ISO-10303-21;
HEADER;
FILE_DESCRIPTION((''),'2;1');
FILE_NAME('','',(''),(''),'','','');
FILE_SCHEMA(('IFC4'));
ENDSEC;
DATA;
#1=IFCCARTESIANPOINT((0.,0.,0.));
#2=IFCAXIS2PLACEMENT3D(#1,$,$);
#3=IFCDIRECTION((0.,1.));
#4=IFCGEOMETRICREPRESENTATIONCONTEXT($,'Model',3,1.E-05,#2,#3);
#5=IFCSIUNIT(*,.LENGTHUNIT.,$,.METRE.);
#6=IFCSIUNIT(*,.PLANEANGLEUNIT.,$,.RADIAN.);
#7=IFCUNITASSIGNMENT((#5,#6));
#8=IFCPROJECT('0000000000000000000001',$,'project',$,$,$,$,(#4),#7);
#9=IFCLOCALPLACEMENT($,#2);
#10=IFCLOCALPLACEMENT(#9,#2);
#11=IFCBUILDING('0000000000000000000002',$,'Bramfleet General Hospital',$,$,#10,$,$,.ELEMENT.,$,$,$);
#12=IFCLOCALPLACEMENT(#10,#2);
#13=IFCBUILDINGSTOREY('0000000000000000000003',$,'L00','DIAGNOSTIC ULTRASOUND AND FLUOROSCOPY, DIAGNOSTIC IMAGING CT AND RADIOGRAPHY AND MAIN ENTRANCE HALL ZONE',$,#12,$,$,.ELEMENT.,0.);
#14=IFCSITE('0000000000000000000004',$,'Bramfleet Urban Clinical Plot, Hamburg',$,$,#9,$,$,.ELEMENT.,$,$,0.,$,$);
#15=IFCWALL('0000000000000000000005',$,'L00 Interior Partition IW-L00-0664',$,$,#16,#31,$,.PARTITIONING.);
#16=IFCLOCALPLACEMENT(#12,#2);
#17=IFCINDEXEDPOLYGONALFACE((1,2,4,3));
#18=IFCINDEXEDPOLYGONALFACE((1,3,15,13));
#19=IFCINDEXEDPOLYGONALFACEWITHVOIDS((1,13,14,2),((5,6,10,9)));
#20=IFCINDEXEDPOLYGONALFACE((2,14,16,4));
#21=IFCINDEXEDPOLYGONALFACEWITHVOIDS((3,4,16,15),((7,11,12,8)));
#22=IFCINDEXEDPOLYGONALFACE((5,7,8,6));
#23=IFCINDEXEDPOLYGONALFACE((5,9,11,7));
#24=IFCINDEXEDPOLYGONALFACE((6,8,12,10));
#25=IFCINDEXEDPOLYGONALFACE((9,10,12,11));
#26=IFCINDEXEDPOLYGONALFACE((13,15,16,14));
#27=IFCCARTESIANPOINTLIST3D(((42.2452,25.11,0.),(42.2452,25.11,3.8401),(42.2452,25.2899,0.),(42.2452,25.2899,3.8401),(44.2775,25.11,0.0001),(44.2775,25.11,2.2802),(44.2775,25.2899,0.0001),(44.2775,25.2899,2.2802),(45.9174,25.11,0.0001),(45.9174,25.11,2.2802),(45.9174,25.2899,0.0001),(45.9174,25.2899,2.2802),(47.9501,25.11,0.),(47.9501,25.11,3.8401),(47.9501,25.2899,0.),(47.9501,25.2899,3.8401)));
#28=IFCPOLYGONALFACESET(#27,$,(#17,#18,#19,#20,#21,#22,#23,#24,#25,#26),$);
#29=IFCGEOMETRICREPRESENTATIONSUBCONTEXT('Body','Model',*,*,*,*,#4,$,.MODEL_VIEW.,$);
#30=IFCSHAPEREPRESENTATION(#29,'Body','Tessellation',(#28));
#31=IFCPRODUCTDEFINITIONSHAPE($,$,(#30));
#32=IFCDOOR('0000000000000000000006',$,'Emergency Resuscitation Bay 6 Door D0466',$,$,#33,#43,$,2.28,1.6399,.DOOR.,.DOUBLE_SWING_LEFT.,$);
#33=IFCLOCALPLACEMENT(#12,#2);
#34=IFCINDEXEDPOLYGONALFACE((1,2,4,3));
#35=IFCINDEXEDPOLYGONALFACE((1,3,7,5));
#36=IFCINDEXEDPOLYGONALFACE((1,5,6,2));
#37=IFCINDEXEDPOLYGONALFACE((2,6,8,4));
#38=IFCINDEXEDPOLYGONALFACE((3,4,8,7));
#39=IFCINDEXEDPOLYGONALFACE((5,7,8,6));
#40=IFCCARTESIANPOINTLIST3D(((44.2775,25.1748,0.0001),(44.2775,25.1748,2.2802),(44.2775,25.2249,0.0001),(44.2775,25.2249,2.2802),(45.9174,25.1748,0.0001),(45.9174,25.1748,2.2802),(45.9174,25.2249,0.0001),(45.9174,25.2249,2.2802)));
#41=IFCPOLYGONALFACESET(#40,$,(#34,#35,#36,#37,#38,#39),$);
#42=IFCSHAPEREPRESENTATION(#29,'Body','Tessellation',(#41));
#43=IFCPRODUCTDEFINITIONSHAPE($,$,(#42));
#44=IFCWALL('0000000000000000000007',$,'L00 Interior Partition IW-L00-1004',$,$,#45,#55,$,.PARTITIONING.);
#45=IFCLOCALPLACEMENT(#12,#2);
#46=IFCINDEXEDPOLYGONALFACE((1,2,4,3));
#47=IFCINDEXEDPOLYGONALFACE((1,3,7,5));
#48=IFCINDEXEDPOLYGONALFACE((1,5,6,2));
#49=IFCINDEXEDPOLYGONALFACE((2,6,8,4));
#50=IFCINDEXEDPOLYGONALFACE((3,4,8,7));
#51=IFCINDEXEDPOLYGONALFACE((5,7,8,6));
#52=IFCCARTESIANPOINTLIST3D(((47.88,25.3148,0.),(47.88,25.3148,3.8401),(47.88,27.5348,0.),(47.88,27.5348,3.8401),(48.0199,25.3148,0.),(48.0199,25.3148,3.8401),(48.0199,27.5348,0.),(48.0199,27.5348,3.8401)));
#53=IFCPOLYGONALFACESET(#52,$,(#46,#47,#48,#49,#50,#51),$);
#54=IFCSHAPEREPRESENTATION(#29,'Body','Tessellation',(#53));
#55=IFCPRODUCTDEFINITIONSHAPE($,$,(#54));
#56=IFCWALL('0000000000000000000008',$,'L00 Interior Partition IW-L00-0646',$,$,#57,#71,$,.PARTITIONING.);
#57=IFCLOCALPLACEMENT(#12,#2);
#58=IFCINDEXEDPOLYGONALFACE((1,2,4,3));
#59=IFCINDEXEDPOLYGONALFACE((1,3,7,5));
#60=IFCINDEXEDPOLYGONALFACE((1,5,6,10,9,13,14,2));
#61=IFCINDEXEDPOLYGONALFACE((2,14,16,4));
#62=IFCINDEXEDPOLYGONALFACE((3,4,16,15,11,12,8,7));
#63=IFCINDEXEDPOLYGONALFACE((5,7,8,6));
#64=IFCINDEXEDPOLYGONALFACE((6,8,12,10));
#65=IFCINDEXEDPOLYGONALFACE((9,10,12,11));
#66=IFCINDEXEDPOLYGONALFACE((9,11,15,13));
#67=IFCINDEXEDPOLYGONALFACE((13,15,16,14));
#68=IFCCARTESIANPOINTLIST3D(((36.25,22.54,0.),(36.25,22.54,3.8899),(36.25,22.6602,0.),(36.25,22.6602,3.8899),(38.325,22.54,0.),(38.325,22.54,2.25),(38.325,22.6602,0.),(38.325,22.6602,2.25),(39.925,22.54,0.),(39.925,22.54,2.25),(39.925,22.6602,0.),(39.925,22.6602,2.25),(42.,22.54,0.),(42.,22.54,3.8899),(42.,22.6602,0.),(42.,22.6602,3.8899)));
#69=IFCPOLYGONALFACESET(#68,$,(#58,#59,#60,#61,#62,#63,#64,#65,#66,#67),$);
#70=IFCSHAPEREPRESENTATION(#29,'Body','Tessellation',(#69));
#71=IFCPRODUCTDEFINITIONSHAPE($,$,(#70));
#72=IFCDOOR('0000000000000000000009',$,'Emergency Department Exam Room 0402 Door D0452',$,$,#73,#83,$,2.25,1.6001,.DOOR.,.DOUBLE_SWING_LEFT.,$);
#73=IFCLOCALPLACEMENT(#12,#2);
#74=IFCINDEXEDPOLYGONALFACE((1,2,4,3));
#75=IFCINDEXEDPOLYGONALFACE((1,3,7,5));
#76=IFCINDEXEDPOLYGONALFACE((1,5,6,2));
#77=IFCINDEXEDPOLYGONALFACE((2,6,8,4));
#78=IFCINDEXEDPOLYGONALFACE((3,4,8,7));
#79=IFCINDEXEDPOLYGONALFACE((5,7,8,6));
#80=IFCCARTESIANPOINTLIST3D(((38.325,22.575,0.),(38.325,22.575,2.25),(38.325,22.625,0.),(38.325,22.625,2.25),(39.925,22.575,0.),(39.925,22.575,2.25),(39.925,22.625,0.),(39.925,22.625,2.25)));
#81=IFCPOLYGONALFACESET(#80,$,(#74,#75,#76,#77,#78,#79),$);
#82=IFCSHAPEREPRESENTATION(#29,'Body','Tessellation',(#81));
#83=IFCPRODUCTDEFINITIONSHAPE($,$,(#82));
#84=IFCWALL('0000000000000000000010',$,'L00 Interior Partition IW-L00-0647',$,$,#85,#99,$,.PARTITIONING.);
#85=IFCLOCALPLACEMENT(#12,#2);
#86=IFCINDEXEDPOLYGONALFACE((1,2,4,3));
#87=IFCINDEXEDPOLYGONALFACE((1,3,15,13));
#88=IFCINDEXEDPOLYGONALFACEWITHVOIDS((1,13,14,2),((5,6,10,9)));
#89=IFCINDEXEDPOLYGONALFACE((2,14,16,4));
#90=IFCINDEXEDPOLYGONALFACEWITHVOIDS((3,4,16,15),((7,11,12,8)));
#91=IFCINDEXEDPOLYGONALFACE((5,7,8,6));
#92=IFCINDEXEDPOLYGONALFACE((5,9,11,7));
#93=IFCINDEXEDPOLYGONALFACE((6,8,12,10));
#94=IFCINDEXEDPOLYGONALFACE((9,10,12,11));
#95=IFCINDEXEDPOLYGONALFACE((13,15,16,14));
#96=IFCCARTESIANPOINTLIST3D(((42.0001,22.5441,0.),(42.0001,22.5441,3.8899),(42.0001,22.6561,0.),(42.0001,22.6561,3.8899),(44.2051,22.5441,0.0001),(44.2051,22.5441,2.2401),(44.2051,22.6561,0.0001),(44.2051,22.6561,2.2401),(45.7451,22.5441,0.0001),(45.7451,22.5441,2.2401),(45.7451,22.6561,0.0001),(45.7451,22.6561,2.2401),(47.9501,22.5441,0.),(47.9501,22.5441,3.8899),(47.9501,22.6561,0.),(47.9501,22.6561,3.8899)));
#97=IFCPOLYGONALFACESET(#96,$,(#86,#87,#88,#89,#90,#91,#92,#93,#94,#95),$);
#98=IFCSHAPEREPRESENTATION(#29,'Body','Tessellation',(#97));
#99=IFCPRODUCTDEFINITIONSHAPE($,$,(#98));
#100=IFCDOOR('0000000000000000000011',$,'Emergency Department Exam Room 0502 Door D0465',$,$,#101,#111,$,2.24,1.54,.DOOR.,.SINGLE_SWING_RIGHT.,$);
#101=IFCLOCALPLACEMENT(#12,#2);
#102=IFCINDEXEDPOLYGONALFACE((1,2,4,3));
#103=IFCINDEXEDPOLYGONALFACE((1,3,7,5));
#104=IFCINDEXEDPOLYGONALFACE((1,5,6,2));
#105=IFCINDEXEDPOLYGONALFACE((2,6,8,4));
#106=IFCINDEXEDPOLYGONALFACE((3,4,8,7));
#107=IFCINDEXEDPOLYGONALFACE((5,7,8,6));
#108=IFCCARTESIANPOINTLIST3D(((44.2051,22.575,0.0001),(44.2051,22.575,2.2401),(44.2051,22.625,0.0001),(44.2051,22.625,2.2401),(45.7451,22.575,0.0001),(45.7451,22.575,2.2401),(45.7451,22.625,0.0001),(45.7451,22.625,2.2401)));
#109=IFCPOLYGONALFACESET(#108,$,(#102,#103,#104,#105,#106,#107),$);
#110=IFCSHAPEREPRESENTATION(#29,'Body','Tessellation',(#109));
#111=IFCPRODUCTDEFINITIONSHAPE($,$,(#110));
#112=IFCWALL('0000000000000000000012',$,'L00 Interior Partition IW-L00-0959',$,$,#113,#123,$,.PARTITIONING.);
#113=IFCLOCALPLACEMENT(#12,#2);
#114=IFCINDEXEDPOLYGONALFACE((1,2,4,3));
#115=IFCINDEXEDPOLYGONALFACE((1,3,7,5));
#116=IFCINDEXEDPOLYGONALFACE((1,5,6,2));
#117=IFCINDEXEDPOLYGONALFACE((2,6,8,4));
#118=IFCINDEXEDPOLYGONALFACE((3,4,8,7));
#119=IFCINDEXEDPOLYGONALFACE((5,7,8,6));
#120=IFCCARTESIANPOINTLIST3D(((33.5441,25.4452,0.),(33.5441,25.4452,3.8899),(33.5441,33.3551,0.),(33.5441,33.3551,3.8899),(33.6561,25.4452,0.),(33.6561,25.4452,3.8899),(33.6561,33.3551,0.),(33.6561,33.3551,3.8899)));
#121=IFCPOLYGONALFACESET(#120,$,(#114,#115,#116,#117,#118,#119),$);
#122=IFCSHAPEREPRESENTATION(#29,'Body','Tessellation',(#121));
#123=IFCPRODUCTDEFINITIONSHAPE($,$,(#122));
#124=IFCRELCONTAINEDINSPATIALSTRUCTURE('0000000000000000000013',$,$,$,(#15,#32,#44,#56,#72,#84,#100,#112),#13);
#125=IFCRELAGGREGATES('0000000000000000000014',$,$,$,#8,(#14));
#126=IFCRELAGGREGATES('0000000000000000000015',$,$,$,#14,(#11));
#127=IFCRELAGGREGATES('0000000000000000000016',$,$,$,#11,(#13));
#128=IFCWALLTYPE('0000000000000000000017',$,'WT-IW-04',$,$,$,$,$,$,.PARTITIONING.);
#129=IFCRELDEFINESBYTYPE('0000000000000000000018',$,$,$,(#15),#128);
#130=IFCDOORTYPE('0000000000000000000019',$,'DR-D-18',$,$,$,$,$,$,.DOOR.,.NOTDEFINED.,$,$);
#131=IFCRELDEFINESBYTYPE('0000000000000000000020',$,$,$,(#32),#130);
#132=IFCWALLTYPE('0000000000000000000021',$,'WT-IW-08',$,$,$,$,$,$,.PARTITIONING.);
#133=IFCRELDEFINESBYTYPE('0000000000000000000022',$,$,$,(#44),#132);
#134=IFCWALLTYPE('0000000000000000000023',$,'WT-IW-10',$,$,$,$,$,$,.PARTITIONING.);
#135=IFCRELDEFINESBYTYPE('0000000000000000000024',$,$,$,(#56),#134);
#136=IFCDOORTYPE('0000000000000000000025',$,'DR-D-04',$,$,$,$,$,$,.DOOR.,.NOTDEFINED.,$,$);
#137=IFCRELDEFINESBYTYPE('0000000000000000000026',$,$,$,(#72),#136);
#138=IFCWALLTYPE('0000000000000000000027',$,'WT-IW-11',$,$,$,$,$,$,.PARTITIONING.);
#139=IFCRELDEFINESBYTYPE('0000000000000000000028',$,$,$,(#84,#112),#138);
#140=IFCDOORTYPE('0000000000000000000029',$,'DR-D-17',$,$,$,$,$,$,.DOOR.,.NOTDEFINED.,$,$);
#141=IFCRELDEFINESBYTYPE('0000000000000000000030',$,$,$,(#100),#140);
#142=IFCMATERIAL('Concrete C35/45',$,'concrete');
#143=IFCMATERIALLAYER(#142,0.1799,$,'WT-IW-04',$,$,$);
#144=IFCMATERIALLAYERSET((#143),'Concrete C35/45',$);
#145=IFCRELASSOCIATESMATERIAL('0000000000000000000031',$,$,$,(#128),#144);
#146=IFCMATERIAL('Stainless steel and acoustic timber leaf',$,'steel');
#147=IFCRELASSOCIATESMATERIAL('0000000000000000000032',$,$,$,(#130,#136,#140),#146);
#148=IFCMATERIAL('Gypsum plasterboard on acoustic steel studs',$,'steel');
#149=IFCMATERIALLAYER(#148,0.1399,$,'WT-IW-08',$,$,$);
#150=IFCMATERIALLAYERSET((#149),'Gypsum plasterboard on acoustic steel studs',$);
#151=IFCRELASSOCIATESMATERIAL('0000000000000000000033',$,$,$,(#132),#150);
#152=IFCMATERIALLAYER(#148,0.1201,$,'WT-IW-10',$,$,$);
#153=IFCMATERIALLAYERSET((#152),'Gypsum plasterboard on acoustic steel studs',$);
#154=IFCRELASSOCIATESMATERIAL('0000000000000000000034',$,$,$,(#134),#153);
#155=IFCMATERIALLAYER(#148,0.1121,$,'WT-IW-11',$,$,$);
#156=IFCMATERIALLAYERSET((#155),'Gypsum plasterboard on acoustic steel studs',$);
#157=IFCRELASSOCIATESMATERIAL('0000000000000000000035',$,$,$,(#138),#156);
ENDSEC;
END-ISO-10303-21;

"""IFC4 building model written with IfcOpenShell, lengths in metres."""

from ifc_helpers import new_model, si_unit, direction, frame, frame_2d, origin, place, context, subcontext, project, spatial, rectangle, extrude, material, layer, layer_set, type_object, element, fill, save


model = new_model("IFC4")

# Units and contexts
model_context = context("Model", 3, precision=1e-05, world=origin(), true_north=direction((0.0, 1.0)))
body_context = subcontext(model_context, "Body", "Model", "MODEL_VIEW")
ifc_project = project(units=[si_unit("LENGTHUNIT", "METRE"), si_unit("PLANEANGLEUNIT", "RADIAN")], contexts=[model_context])

# Site, building, storey
site_placement = place(None, origin())
site = spatial("IfcSite", under=ifc_project, at=site_placement, Name="Bramfleet Urban Clinical Plot, Hamburg", CompositionType="ELEMENT", RefElevation=0.0)
building_placement = place(site_placement, origin())
building = spatial("IfcBuilding", under=site, at=building_placement, Name="Bramfleet General Hospital", CompositionType="ELEMENT")
storey_placement = place(building_placement, origin())
storey = spatial("IfcBuildingStorey", under=building, at=storey_placement, Name="L00", Description="DIAGNOSTIC ULTRASOUND AND FLUOROSCOPY, DIAGNOSTIC IMAGING CT AND RADIOGRAPHY AND MAIN ENTRANCE HALL ZONE", CompositionType="ELEMENT", Elevation=0.0)

# Shared definitions
ifc_material_1 = material(Name="Concrete C35/45", Category="concrete")

# Wall, opening, door
ifc_material_2 = material(Name="Stainless steel and acoustic timber leaf", Category="steel")
ifc_layer_1 = layer(ifc_material_1, 0.1799, Name="WT-IW-04")
ifc_layer_set_1 = layer_set([ifc_layer_1], Name="Concrete C35/45")
wall_type_1 = type_object("IfcWallType", Name="WT-IW-04", PredefinedType="PARTITIONING", material=ifc_layer_set_1)
wall_1_placement = place(storey_placement, frame((42.2451, 25.2, 0.0), z_axis=(0.0, 0.0, 1.0), x_axis=(1.0, 0.0, 0.0)))
wall_1 = element("IfcWall", 1, at=wall_1_placement, inside=storey, type_object=wall_type_1, Name="L00 Interior Partition IW-L00-0664", PredefinedType="PARTITIONING", context=body_context, shape_type="SweptSolid", body=[
    extrude(rectangle(XDim=5.7048, YDim=0.1799, at=frame_2d((2.8525, 0.0))), origin(), (0.0, 0.0, 1.0), 3.8401),
])
opening_1_placement = place(wall_1_placement, frame((2.0325, 0.0, 0.0)))
opening_1 = element("IfcOpeningElement", 2, at=opening_1_placement, cuts=wall_1, PredefinedType="OPENING", context=body_context, shape_type="SweptSolid", body=[
    extrude(rectangle(XDim=1.6399, YDim=2.28, at=frame_2d((0.8198, 1.1401))), frame((0.0, 0.0999, 0.0), z_axis=(0.0, -1.0, 0.0), x_axis=(1.0, 0.0, 0.0)), (0.0, 0.0, 1.0), 0.2),
])
door_type_1 = type_object("IfcDoorType", Name="DR-D-18", OperationType="NOTDEFINED", PredefinedType="DOOR", material=ifc_material_2)
door_1_placement = place(opening_1_placement, origin())
door_1 = element("IfcDoor", 3, at=door_1_placement, inside=storey, type_object=door_type_1, Name="Emergency Resuscitation Bay 6 Door D0466", OperationType="DOUBLE_SWING_LEFT", OverallHeight=2.28, OverallWidth=1.6399, PredefinedType="DOOR", context=body_context, shape_type="SweptSolid", body=[
    extrude(rectangle(XDim=1.6399, YDim=2.28, at=frame_2d((0.8198, 1.1401))), frame((0.0, 0.0249, 0.0), z_axis=(0.0, -1.0, 0.0), x_axis=(1.0, 0.0, 0.0)), (0.0, 0.0, 1.0), 0.05),
])
fill(opening_1, door_1)

# Wall
ifc_material_3 = material(Name="Gypsum plasterboard on acoustic steel studs", Category="steel")
ifc_layer_2 = layer(ifc_material_3, 0.1399, Name="WT-IW-08")
ifc_layer_set_2 = layer_set([ifc_layer_2], Name="Gypsum plasterboard on acoustic steel studs")
wall_type_2 = type_object("IfcWallType", Name="WT-IW-08", PredefinedType="PARTITIONING", material=ifc_layer_set_2)
wall_2_placement = place(storey_placement, frame((47.95, 25.3149, 0.0), z_axis=(0.0, 0.0, 1.0), x_axis=(0.0, 1.0, 0.0)))
element("IfcWall", 4, at=wall_2_placement, inside=storey, type_object=wall_type_2, Name="L00 Interior Partition IW-L00-1004", PredefinedType="PARTITIONING", context=body_context, shape_type="SweptSolid", body=[
    extrude(rectangle(XDim=2.22, YDim=0.1399, at=frame_2d((1.1099, 0.0))), origin(), (0.0, 0.0, 1.0), 3.8401),
])

# Walls, openings, doors
ifc_layer_3 = layer(ifc_material_3, 0.1201, Name="WT-IW-10")
ifc_layer_set_3 = layer_set([ifc_layer_3], Name="Gypsum plasterboard on acoustic steel studs")
wall_type_3 = type_object("IfcWallType", Name="WT-IW-10", PredefinedType="PARTITIONING", material=ifc_layer_set_3)
wall_3_placement = place(storey_placement, frame((36.25, 22.6001, 0.0), z_axis=(0.0, 0.0, 1.0), x_axis=(1.0, 0.0, 0.0)))
wall_3 = element("IfcWall", 5, at=wall_3_placement, inside=storey, type_object=wall_type_3, Name="L00 Interior Partition IW-L00-0646", PredefinedType="PARTITIONING", context=body_context, shape_type="SweptSolid", body=[
    extrude(rectangle(XDim=5.75, YDim=0.1201, at=frame_2d((2.875, 0.0))), origin(), (0.0, 0.0, 1.0), 3.8899),
])
opening_2_placement = place(wall_3_placement, frame((2.075, 0.0, 0.0)))
opening_2 = element("IfcOpeningElement", 6, at=opening_2_placement, cuts=wall_3, PredefinedType="OPENING", context=body_context, shape_type="SweptSolid", body=[
    extrude(rectangle(XDim=1.6001, YDim=2.25, at=frame_2d((0.8, 1.125))), frame((0.0, 0.0701, 0.0), z_axis=(0.0, -1.0, 0.0), x_axis=(1.0, 0.0, 0.0)), (0.0, 0.0, 1.0), 0.1401),
])
door_type_2 = type_object("IfcDoorType", Name="DR-D-04", OperationType="NOTDEFINED", PredefinedType="DOOR", material=ifc_material_2)
door_2_placement = place(opening_2_placement, origin())
door_2 = element("IfcDoor", 7, at=door_2_placement, inside=storey, type_object=door_type_2, Name="Emergency Department Exam Room 0402 Door D0452", OperationType="DOUBLE_SWING_LEFT", OverallHeight=2.25, OverallWidth=1.6001, PredefinedType="DOOR", context=body_context, shape_type="SweptSolid", body=[
    extrude(rectangle(XDim=1.6001, YDim=2.25, at=frame_2d((0.8, 1.125))), frame((0.0, 0.0249, 0.0), z_axis=(0.0, -1.0, 0.0), x_axis=(1.0, 0.0, 0.0)), (0.0, 0.0, 1.0), 0.05),
])
fill(opening_2, door_2)
ifc_layer_4 = layer(ifc_material_3, 0.1121, Name="WT-IW-11")
ifc_layer_set_4 = layer_set([ifc_layer_4], Name="Gypsum plasterboard on acoustic steel studs")
wall_type_4 = type_object("IfcWallType", Name="WT-IW-11", PredefinedType="PARTITIONING", material=ifc_layer_set_4)
wall_4_placement = place(storey_placement, frame((42.0, 22.6001, 0.0), z_axis=(0.0, 0.0, 1.0), x_axis=(1.0, 0.0, 0.0)))
wall_4 = element("IfcWall", 8, at=wall_4_placement, inside=storey, type_object=wall_type_4, Name="L00 Interior Partition IW-L00-0647", PredefinedType="PARTITIONING", context=body_context, shape_type="SweptSolid", body=[
    extrude(rectangle(XDim=5.95, YDim=0.1121, at=frame_2d((2.9751, 0.0))), origin(), (0.0, 0.0, 1.0), 3.8899),
])
opening_3_placement = place(wall_4_placement, frame((2.2051, 0.0, 0.0)))
opening_3 = element("IfcOpeningElement", 9, at=opening_3_placement, cuts=wall_4, PredefinedType="OPENING", context=body_context, shape_type="SweptSolid", body=[
    extrude(rectangle(XDim=1.54, YDim=2.24, at=frame_2d((0.77, 1.1201))), frame((0.0, 0.0659, 0.0), z_axis=(0.0, -1.0, 0.0), x_axis=(1.0, 0.0, 0.0)), (0.0, 0.0, 1.0), 0.1321),
])
door_type_3 = type_object("IfcDoorType", Name="DR-D-17", OperationType="NOTDEFINED", PredefinedType="DOOR", material=ifc_material_2)
door_3_placement = place(opening_3_placement, origin())
door_3 = element("IfcDoor", 10, at=door_3_placement, inside=storey, type_object=door_type_3, Name="Emergency Department Exam Room 0502 Door D0465", OperationType="SINGLE_SWING_RIGHT", OverallHeight=2.24, OverallWidth=1.54, PredefinedType="DOOR", context=body_context, shape_type="SweptSolid", body=[
    extrude(rectangle(XDim=1.54, YDim=2.24, at=frame_2d((0.77, 1.1201))), frame((0.0, 0.0249, 0.0), z_axis=(0.0, -1.0, 0.0), x_axis=(1.0, 0.0, 0.0)), (0.0, 0.0, 1.0), 0.05),
])
fill(opening_3, door_3)

# Wall
wall_5_placement = place(storey_placement, frame((33.6001, 25.4451, 0.0), z_axis=(0.0, 0.0, 1.0), x_axis=(0.0, 1.0, 0.0)))
element("IfcWall", 11, at=wall_5_placement, inside=storey, type_object=wall_type_4, Name="L00 Interior Partition IW-L00-0959", PredefinedType="PARTITIONING", context=body_context, shape_type="SweptSolid", body=[
    extrude(rectangle(XDim=7.9099, YDim=0.1121, at=frame_2d((3.9551, 0.0))), origin(), (0.0, 0.0, 1.0), 3.8899),
])

save(model, "model.ifc")
